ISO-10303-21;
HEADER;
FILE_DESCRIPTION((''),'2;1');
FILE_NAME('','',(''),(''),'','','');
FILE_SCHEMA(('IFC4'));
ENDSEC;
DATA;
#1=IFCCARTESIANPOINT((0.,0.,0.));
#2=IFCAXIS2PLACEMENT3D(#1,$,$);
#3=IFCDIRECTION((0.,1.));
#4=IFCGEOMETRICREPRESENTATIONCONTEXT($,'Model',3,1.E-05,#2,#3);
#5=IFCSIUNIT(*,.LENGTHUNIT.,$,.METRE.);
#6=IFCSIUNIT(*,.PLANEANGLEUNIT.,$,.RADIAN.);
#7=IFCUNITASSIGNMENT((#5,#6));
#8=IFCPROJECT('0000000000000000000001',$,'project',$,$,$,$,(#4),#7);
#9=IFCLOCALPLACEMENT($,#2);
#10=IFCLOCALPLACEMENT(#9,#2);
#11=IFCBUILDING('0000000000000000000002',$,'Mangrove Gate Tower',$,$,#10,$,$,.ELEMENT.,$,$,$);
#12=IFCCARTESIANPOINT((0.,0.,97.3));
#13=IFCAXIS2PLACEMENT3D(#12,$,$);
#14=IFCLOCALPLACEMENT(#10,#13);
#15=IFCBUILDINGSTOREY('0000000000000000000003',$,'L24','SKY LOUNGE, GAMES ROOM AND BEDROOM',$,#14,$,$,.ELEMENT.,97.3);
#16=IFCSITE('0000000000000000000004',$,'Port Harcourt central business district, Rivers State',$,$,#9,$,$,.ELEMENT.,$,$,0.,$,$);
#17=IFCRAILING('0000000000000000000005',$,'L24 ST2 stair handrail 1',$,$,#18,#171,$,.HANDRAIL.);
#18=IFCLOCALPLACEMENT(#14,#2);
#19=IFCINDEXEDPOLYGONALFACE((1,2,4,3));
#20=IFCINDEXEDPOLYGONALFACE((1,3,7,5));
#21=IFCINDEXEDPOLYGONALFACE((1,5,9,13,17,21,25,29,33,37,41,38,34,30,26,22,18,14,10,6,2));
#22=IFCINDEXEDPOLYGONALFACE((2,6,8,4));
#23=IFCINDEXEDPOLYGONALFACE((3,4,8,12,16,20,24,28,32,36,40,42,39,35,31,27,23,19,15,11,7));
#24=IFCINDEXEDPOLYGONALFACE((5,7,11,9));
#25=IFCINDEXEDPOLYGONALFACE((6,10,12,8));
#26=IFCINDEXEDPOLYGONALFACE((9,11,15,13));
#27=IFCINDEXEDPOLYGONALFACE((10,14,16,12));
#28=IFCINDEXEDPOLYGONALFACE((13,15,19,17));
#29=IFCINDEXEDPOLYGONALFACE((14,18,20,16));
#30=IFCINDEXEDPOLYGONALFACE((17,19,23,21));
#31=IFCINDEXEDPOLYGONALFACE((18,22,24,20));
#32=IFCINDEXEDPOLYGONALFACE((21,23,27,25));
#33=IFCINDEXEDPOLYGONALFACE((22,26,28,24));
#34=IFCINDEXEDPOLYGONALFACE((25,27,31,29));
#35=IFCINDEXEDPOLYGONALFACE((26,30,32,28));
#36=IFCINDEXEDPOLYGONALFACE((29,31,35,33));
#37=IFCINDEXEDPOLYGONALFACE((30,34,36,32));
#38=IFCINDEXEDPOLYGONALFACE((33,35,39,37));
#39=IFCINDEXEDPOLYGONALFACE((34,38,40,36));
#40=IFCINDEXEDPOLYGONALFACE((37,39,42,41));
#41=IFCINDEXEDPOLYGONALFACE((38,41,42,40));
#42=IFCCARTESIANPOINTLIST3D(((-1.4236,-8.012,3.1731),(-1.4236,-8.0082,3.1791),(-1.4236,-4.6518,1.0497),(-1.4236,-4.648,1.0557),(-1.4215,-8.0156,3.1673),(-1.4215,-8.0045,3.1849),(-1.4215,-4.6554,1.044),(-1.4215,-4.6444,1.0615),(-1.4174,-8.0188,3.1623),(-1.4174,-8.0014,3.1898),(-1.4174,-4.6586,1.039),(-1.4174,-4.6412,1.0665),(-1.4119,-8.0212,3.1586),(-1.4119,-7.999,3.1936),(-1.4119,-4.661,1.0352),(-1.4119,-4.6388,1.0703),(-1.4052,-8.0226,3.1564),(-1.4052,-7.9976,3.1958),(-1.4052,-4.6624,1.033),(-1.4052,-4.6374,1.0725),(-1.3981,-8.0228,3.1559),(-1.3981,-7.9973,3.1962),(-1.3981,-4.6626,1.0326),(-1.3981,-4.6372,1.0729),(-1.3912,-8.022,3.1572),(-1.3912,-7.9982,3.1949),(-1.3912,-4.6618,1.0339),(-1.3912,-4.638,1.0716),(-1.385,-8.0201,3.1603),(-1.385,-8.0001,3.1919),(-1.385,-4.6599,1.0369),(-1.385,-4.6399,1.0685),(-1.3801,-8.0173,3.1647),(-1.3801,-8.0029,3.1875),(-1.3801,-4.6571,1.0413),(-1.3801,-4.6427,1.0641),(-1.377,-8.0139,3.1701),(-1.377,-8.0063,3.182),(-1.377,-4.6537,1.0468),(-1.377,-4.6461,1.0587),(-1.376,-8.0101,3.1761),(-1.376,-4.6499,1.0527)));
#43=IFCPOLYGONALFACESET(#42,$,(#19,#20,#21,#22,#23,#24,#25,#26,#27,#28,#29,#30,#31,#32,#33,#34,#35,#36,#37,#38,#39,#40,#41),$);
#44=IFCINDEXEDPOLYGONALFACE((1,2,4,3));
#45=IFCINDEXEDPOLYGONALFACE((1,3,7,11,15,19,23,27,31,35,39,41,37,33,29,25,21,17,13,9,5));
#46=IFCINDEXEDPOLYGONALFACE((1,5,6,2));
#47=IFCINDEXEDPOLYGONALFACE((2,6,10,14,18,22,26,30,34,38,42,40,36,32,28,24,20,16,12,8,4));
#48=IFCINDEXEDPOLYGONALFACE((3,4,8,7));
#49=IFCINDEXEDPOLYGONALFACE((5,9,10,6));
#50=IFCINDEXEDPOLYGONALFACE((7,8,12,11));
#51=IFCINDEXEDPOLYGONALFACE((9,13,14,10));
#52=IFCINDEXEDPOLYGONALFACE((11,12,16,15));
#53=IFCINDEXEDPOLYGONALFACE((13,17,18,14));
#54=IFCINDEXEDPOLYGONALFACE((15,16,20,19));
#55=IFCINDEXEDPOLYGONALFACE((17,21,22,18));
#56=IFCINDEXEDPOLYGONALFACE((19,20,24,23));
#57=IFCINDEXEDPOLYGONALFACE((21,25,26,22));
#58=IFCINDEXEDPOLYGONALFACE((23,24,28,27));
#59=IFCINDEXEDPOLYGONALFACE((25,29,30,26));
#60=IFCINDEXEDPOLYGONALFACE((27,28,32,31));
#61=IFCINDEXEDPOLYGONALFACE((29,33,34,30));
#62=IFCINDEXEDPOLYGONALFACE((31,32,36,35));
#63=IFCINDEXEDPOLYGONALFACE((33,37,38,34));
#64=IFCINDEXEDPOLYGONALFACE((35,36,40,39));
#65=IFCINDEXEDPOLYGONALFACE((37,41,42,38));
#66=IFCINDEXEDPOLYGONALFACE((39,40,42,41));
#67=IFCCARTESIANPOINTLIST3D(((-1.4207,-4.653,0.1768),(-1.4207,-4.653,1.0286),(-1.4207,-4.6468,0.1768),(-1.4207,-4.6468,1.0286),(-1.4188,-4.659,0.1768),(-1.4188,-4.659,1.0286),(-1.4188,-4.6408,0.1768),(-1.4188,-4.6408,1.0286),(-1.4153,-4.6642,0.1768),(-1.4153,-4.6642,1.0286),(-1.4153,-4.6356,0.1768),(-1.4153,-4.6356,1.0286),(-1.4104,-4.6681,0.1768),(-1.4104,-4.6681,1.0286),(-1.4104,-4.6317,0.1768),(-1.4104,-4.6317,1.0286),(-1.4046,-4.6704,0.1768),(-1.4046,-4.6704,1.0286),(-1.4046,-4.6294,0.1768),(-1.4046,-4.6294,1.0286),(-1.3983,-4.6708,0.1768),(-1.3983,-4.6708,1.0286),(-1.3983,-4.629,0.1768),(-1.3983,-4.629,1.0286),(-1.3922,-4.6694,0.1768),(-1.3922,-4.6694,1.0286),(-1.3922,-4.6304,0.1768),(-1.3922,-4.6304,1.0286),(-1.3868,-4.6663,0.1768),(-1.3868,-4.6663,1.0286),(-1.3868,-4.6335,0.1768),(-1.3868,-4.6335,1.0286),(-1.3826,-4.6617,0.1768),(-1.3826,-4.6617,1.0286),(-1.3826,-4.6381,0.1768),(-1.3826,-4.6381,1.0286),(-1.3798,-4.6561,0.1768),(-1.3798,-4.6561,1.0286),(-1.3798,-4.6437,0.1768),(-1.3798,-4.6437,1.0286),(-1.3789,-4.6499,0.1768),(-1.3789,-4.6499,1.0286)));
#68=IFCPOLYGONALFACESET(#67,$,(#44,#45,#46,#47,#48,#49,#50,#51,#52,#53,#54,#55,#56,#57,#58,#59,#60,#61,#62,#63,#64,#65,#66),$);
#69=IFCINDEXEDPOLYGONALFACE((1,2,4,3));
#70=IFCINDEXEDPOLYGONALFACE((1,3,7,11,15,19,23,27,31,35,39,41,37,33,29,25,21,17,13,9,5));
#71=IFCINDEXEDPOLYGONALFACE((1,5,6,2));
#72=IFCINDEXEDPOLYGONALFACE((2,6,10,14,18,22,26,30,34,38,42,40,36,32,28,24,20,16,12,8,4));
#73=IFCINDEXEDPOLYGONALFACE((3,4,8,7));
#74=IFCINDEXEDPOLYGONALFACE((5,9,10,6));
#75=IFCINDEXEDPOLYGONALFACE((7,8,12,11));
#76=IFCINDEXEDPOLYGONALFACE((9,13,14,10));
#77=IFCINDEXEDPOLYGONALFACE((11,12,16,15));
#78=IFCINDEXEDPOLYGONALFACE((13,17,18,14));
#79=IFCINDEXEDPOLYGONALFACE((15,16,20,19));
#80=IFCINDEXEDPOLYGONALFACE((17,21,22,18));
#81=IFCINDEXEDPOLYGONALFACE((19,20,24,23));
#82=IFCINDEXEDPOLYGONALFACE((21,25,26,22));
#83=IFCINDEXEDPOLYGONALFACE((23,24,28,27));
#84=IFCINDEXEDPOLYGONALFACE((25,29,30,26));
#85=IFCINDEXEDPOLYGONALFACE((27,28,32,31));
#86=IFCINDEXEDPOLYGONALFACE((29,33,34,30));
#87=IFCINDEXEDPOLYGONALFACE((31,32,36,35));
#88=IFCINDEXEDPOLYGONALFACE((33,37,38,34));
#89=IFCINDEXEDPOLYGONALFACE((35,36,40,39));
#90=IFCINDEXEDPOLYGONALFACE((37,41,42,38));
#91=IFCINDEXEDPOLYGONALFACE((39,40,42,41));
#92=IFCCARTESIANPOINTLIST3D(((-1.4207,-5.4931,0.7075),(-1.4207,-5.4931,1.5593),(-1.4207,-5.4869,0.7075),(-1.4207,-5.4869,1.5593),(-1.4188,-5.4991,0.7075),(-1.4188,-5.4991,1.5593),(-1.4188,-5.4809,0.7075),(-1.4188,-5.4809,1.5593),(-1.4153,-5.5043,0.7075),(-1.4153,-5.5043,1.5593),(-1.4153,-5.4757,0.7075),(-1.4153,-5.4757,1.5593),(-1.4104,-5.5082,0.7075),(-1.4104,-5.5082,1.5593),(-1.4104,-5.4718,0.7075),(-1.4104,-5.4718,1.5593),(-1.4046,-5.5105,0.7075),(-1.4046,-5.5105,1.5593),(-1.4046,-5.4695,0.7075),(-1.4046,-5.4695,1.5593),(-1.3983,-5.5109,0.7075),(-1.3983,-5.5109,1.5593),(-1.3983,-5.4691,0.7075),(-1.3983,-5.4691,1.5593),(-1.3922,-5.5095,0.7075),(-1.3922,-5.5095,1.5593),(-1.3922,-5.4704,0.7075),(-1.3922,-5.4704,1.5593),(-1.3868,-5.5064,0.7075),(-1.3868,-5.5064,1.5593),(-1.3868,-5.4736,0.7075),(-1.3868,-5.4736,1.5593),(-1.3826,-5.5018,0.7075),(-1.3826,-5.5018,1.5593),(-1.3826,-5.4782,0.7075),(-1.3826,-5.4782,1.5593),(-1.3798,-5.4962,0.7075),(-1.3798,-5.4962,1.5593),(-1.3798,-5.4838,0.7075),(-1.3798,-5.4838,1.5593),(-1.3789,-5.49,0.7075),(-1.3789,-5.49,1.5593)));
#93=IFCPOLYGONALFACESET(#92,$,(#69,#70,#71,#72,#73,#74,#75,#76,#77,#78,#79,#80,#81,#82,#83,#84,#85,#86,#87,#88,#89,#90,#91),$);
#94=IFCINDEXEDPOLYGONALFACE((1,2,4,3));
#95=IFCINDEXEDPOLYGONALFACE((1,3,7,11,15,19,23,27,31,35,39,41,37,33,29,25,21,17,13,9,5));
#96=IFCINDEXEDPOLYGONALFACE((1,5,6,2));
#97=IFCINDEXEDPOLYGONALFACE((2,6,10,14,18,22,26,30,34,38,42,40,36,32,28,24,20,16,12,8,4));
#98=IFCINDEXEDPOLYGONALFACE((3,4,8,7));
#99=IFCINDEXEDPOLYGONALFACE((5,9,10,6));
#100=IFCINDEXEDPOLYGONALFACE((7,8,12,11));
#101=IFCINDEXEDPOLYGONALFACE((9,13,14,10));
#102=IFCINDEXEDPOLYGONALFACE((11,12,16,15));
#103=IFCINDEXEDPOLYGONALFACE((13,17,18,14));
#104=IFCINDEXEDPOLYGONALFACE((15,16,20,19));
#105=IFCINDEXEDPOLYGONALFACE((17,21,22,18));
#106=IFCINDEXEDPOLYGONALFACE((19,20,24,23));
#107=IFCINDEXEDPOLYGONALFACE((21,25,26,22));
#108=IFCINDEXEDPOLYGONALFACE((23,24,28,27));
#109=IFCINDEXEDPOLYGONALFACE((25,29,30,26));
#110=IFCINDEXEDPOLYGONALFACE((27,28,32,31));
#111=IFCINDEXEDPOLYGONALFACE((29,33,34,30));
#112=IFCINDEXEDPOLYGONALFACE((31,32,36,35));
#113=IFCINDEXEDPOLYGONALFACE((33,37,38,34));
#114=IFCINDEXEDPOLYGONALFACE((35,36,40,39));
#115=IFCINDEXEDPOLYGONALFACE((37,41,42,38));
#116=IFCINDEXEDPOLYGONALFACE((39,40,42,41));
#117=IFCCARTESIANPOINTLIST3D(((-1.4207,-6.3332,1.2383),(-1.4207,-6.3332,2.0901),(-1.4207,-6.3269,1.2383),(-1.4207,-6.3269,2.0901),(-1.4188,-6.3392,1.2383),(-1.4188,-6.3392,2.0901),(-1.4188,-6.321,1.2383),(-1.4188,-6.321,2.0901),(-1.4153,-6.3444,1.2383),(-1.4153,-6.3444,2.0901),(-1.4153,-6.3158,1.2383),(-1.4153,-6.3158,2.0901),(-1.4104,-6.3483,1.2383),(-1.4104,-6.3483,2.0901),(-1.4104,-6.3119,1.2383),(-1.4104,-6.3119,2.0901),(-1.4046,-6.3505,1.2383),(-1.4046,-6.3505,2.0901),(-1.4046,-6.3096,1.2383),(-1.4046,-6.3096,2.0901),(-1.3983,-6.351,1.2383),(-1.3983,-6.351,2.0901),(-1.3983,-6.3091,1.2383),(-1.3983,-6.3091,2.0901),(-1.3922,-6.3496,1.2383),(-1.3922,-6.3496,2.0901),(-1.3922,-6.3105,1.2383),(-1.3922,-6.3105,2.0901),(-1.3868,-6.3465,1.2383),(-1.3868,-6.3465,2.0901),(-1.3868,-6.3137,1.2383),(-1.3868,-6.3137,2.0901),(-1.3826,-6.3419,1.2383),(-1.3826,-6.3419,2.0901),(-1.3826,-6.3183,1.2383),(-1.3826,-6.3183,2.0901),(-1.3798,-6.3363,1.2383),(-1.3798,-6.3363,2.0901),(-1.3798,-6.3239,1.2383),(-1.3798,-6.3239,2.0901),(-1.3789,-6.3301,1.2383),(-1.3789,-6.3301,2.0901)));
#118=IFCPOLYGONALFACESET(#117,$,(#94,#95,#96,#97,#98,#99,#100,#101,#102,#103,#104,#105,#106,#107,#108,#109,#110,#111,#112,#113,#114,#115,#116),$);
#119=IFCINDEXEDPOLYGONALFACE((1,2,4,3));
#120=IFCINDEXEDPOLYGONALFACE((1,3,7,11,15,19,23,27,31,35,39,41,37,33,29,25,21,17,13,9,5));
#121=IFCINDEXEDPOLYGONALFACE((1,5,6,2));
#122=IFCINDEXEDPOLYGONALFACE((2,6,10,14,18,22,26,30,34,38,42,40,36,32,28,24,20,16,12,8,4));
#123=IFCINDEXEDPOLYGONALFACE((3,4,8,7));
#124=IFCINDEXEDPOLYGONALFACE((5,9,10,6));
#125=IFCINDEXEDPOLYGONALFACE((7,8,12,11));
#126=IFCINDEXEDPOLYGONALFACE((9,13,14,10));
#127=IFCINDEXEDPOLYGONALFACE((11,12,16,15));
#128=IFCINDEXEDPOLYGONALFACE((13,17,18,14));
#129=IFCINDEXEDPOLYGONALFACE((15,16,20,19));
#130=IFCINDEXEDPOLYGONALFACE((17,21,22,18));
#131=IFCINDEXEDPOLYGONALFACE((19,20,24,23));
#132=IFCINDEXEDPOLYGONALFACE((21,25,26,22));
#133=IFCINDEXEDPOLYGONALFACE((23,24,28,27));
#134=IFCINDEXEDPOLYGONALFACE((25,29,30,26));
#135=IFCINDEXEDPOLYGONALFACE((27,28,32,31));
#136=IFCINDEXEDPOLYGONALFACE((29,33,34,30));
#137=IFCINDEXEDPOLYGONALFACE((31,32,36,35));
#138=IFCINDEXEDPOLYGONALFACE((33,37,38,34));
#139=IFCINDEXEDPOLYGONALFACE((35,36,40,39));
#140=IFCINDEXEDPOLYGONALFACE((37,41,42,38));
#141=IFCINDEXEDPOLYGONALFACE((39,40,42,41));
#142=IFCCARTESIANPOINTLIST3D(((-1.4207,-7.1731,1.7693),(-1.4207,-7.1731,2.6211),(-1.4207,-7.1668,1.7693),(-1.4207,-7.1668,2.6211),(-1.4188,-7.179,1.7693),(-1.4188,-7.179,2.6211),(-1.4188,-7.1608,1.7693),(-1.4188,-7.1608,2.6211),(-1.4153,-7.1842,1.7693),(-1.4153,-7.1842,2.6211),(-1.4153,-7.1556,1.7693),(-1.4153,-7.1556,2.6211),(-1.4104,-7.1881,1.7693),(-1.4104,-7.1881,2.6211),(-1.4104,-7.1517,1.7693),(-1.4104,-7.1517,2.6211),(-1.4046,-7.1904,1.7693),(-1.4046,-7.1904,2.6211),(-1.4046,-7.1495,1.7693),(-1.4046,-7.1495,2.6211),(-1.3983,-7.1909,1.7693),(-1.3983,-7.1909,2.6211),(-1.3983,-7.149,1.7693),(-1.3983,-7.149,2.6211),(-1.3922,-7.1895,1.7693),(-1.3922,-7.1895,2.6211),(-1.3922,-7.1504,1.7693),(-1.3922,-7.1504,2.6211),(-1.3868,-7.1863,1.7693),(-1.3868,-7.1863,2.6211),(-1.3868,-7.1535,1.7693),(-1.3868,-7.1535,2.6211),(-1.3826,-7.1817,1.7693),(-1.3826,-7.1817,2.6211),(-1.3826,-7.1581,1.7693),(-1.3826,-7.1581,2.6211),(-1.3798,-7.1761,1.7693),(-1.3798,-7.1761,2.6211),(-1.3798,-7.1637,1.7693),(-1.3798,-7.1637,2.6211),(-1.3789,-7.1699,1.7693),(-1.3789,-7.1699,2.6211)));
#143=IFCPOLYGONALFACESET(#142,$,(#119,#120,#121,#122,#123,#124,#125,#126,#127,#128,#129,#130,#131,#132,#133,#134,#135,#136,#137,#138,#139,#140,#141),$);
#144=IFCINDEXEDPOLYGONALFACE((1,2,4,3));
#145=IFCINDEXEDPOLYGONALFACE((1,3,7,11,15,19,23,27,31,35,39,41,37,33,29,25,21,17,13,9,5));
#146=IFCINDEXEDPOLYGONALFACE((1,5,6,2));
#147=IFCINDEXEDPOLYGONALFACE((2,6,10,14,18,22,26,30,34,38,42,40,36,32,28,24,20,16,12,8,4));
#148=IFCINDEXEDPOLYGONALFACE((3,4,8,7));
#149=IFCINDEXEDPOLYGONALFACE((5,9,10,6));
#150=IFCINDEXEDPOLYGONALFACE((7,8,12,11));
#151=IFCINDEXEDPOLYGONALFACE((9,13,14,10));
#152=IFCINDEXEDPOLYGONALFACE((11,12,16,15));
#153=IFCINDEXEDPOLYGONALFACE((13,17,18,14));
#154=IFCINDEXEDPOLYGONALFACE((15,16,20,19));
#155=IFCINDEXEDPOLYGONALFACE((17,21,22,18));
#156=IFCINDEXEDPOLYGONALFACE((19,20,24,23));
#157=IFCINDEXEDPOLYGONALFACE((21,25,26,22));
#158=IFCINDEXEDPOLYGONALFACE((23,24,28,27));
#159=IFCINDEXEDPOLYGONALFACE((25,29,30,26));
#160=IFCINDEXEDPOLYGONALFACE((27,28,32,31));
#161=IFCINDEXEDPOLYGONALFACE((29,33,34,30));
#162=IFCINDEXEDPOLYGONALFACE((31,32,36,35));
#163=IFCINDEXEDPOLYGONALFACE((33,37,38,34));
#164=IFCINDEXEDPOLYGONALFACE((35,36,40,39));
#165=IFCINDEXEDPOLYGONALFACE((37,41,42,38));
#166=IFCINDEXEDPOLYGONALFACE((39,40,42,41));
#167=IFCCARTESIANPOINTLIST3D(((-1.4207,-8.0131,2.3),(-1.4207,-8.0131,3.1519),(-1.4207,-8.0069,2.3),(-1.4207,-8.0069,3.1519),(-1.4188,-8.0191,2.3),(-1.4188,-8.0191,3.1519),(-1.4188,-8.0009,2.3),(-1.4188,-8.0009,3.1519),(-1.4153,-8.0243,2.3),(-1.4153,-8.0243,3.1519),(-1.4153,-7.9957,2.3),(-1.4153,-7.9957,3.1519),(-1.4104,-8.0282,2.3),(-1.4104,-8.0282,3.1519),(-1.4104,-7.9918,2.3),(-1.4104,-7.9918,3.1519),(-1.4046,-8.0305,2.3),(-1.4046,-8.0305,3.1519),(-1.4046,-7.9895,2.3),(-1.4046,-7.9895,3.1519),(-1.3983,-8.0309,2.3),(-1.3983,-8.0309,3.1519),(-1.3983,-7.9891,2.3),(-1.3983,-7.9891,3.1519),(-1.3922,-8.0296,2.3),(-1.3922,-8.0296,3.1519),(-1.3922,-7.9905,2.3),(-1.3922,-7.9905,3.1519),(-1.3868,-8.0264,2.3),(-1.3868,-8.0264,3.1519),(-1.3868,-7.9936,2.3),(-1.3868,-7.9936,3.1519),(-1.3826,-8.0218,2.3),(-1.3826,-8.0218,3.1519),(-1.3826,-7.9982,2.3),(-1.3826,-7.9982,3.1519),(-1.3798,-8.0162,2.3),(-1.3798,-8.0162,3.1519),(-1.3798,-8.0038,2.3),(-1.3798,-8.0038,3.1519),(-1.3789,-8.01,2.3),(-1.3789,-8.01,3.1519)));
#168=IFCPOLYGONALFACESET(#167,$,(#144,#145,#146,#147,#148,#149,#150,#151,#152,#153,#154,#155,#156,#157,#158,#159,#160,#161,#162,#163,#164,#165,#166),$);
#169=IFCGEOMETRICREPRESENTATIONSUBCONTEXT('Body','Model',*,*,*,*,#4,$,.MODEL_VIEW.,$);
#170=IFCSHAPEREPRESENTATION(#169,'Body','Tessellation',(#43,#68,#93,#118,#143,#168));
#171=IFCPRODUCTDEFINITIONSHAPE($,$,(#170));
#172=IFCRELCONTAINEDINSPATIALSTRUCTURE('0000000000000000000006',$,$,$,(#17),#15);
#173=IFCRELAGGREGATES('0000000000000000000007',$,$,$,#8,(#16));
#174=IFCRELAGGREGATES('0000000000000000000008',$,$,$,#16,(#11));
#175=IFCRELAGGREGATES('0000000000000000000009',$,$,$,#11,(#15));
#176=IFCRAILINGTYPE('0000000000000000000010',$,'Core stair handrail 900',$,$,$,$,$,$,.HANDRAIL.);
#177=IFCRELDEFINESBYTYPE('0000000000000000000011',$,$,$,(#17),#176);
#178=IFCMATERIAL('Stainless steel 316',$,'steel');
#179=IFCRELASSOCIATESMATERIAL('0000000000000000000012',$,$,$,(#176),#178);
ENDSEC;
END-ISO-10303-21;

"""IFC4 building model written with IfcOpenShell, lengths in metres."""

from ifc_helpers import new_model, si_unit, direction, frame, origin, origin_2d, place, context, subcontext, project, spatial, circle, extrude, material, type_object, element, save


model = new_model("IFC4")

# Units and contexts
model_context = context("Model", 3, precision=1e-05, world=origin(), true_north=direction((0.0, 1.0)))
body_context = subcontext(model_context, "Body", "Model", "MODEL_VIEW")
ifc_project = project(units=[si_unit("LENGTHUNIT", "METRE"), si_unit("PLANEANGLEUNIT", "RADIAN")], contexts=[model_context])

# Site, building, storey
site_placement = place(None, origin())
site = spatial("IfcSite", under=ifc_project, at=site_placement, Name="Port Harcourt central business district, Rivers State", CompositionType="ELEMENT", RefElevation=0.0)
building_placement = place(site_placement, origin())
building = spatial("IfcBuilding", under=site, at=building_placement, Name="Mangrove Gate Tower", CompositionType="ELEMENT")
storey_placement = place(building_placement, frame((0.0, 0.0, 97.3)))
storey = spatial("IfcBuildingStorey", under=building, at=storey_placement, Name="L24", Description="SKY LOUNGE, GAMES ROOM AND BEDROOM", CompositionType="ELEMENT", Elevation=97.3)

# Railing
ifc_material_1 = material(Name="Stainless steel 316", Category="steel")
railing_type_1 = type_object("IfcRailingType", Name="Core stair handrail 900", PredefinedType="HANDRAIL", material=ifc_material_1)
railing_1_placement = place(storey_placement, frame((-1.3999, -4.6499, 0.1768)))
element("IfcRailing", 1, at=railing_1_placement, inside=storey, type_object=railing_type_1, Name="L24 ST2 stair handrail 1", PredefinedType="HANDRAIL", context=body_context, shape_type="SweptSolid", body=[
    extrude(circle(Radius=0.0239, at=origin_2d()), frame((0.0, 0.0, 0.876), z_axis=(0.0, -0.845362, 0.534194), x_axis=(1.0, 0.0, 0.0)), (0.0, 0.0, 1.0), 3.9749),
    extrude(circle(Radius=0.021, at=origin_2d()), origin(), (0.0, 0.0, 1.0), 0.8518),
    extrude(circle(Radius=0.021, at=origin_2d()), frame((0.0, -0.8401, 0.5308)), (0.0, 0.0, 1.0), 0.8518),
    extrude(circle(Radius=0.021, at=origin_2d()), frame((0.0, -1.6802, 1.0615)), (0.0, 0.0, 1.0), 0.8518),
    extrude(circle(Radius=0.021, at=origin_2d()), frame((0.0, -2.52, 1.5925)), (0.0, 0.0, 1.0), 0.8518),
    extrude(circle(Radius=0.021, at=origin_2d()), frame((0.0, -3.3601, 2.1233)), (0.0, 0.0, 1.0), 0.8518),
])

save(model, "model.ifc")
